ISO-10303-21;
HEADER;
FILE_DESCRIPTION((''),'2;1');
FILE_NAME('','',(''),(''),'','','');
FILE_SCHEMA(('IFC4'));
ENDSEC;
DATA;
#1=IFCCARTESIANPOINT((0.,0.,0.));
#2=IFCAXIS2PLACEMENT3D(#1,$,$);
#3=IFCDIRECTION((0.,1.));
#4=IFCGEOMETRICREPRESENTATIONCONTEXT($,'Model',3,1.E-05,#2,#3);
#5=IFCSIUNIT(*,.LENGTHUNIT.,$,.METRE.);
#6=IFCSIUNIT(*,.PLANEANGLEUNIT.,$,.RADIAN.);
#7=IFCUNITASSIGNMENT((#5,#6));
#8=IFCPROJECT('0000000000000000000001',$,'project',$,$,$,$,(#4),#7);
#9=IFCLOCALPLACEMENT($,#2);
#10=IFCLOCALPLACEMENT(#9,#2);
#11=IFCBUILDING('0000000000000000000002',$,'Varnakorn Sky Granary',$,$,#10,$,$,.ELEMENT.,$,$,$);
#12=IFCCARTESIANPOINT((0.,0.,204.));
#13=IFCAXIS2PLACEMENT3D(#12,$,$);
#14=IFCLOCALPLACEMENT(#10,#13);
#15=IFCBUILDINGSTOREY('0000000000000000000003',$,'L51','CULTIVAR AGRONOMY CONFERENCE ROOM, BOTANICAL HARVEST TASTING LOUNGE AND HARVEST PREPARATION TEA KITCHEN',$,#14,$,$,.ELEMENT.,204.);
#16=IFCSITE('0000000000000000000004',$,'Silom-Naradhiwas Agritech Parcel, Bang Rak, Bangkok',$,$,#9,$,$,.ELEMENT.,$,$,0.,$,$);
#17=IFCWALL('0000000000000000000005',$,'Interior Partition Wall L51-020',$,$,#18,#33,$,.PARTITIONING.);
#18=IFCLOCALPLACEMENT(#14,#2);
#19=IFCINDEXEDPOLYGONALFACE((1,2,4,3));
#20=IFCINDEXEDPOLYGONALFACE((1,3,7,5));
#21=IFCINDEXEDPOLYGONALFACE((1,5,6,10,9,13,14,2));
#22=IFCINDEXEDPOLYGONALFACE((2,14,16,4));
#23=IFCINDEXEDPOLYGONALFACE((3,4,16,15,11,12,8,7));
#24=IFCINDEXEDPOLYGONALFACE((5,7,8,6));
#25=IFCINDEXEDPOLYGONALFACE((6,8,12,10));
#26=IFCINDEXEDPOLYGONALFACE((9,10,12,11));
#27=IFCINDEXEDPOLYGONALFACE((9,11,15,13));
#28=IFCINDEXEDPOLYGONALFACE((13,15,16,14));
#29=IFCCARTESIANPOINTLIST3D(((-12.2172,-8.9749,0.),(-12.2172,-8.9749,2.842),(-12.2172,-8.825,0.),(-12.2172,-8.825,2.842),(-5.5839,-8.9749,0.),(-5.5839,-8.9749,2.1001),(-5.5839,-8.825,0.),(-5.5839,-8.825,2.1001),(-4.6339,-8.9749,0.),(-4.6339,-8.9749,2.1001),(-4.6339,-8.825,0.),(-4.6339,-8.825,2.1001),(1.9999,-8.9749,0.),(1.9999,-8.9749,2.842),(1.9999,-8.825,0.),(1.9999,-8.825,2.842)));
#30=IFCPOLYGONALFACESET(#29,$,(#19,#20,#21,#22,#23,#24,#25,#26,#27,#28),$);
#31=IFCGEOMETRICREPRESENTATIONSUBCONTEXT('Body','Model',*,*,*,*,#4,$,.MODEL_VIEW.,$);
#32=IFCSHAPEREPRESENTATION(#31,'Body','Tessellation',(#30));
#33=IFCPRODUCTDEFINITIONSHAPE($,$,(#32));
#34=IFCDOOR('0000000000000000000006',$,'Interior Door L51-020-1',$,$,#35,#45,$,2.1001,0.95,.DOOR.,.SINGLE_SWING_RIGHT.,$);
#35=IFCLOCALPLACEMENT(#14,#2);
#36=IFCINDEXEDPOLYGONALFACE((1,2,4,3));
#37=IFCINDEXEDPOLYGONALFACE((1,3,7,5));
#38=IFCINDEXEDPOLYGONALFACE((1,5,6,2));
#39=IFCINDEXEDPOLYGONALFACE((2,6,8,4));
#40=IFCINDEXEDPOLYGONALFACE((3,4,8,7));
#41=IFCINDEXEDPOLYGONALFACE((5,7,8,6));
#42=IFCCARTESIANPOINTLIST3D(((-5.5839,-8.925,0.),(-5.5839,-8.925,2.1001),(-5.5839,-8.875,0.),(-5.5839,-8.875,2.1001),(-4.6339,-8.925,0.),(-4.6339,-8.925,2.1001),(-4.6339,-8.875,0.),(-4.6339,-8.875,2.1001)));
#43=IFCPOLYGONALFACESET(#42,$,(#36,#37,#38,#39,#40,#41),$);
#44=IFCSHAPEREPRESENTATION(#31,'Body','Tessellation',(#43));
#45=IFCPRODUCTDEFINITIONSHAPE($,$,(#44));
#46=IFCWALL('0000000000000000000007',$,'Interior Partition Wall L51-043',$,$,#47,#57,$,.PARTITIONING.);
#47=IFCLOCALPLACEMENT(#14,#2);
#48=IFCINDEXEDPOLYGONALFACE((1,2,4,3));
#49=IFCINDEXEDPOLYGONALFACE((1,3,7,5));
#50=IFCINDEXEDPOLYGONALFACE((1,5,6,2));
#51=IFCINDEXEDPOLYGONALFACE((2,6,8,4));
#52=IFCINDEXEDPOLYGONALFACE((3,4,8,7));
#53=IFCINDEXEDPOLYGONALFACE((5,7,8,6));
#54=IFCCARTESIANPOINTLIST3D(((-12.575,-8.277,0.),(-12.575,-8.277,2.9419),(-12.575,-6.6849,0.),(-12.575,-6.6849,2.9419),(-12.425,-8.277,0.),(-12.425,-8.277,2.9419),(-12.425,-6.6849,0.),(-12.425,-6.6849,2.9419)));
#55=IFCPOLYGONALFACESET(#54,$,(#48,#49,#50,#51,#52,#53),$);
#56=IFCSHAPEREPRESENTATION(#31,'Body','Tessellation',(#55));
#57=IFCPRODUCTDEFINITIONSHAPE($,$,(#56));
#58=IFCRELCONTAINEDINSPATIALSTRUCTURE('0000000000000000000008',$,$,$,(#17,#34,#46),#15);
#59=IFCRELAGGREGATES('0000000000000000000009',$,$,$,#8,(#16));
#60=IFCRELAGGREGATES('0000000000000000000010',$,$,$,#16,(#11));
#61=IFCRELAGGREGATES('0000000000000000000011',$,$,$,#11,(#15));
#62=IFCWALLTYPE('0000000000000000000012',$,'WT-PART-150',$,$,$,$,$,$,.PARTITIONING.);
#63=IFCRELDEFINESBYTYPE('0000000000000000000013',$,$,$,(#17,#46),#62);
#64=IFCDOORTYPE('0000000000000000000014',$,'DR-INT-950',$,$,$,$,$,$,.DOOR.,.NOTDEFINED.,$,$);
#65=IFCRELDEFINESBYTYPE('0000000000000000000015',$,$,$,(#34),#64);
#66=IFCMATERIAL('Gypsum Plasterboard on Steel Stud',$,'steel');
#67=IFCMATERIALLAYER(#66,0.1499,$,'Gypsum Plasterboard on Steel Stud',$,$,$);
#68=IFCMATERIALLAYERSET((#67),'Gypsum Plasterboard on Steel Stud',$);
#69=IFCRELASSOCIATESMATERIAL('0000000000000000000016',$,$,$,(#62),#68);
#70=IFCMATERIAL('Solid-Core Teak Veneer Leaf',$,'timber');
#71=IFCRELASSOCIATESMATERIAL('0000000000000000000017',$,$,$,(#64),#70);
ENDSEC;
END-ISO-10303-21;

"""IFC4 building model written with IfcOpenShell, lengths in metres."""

from ifc_helpers import new_model, si_unit, direction, frame, frame_2d, origin, place, context, subcontext, project, spatial, rectangle, extrude, material, layer, layer_set, type_object, element, fill, save


model = new_model("IFC4")

# Units and contexts
model_context = context("Model", 3, precision=1e-05, world=origin(), true_north=direction((0.0, 1.0)))
body_context = subcontext(model_context, "Body", "Model", "MODEL_VIEW")
ifc_project = project(units=[si_unit("LENGTHUNIT", "METRE"), si_unit("PLANEANGLEUNIT", "RADIAN")], contexts=[model_context])

# Site, building, storey
site_placement = place(None, origin())
site = spatial("IfcSite", under=ifc_project, at=site_placement, Name="Silom-Naradhiwas Agritech Parcel, Bang Rak, Bangkok", CompositionType="ELEMENT", RefElevation=0.0)
building_placement = place(site_placement, origin())
building = spatial("IfcBuilding", under=site, at=building_placement, Name="Varnakorn Sky Granary", CompositionType="ELEMENT")
storey_placement = place(building_placement, frame((0.0, 0.0, 204.0)))
storey = spatial("IfcBuildingStorey", under=building, at=storey_placement, Name="L51", Description="CULTIVAR AGRONOMY CONFERENCE ROOM, BOTANICAL HARVEST TASTING LOUNGE AND HARVEST PREPARATION TEA KITCHEN", CompositionType="ELEMENT", Elevation=204.0)

# Wall, opening, door
ifc_material_1 = material(Name="Gypsum Plasterboard on Steel Stud", Category="steel")
ifc_layer_1 = layer(ifc_material_1, 0.1499, Name="Gypsum Plasterboard on Steel Stud")
ifc_layer_set_1 = layer_set([ifc_layer_1], Name="Gypsum Plasterboard on Steel Stud")
wall_type = type_object("IfcWallType", Name="WT-PART-150", PredefinedType="PARTITIONING", material=ifc_layer_set_1)
wall_1_placement = place(storey_placement, frame((-12.217, -8.8999, 0.0), z_axis=(0.0, 0.0, 1.0), x_axis=(1.0, 0.0, 0.0)))
wall_1 = element("IfcWall", 1, at=wall_1_placement, inside=storey, type_object=wall_type, Name="Interior Partition Wall L51-020", PredefinedType="PARTITIONING", context=body_context, shape_type="SweptSolid", body=[
    extrude(rectangle(XDim=14.217, YDim=0.1499, at=frame_2d((7.1084, 0.0))), origin(), (0.0, 0.0, 1.0), 2.842),
])
opening_placement = place(wall_1_placement, frame((6.6331, 0.0, 0.0)))
opening = element("IfcOpeningElement", 2, at=opening_placement, cuts=wall_1, PredefinedType="OPENING", context=body_context, shape_type="SweptSolid", body=[
    extrude(rectangle(XDim=0.95, YDim=2.1001, at=frame_2d((0.4751, 1.05))), frame((0.0, 0.085, 0.0), z_axis=(0.0, -1.0, 0.0), x_axis=(1.0, 0.0, 0.0)), (0.0, 0.0, 1.0), 0.1699),
])
ifc_material_2 = material(Name="Solid-Core Teak Veneer Leaf", Category="timber")
door_type = type_object("IfcDoorType", Name="DR-INT-950", OperationType="NOTDEFINED", PredefinedType="DOOR", material=ifc_material_2)
door_placement = place(opening_placement, origin())
door = element("IfcDoor", 3, at=door_placement, inside=storey, type_object=door_type, Name="Interior Door L51-020-1", OperationType="SINGLE_SWING_RIGHT", OverallHeight=2.1001, OverallWidth=0.95, PredefinedType="DOOR", context=body_context, shape_type="SweptSolid", body=[
    extrude(rectangle(XDim=0.95, YDim=2.1001, at=frame_2d((0.4751, 1.05))), frame((0.0, 0.0249, 0.0), z_axis=(0.0, -1.0, 0.0), x_axis=(1.0, 0.0, 0.0)), (0.0, 0.0, 1.0), 0.05),
])
fill(opening, door)

# Wall
wall_2_placement = place(storey_placement, frame((-12.5, -6.6851, 0.0), z_axis=(0.0, 0.0, 1.0), x_axis=(0.0, -1.0, 0.0)))
element("IfcWall", 4, at=wall_2_placement, inside=storey, type_object=wall_type, Name="Interior Partition Wall L51-043", PredefinedType="PARTITIONING", context=body_context, shape_type="SweptSolid", body=[
    extrude(rectangle(XDim=1.592, YDim=0.1499, at=frame_2d((0.7959, 0.0))), origin(), (0.0, 0.0, 1.0), 2.9419),
])

save(model, "model.ifc")
